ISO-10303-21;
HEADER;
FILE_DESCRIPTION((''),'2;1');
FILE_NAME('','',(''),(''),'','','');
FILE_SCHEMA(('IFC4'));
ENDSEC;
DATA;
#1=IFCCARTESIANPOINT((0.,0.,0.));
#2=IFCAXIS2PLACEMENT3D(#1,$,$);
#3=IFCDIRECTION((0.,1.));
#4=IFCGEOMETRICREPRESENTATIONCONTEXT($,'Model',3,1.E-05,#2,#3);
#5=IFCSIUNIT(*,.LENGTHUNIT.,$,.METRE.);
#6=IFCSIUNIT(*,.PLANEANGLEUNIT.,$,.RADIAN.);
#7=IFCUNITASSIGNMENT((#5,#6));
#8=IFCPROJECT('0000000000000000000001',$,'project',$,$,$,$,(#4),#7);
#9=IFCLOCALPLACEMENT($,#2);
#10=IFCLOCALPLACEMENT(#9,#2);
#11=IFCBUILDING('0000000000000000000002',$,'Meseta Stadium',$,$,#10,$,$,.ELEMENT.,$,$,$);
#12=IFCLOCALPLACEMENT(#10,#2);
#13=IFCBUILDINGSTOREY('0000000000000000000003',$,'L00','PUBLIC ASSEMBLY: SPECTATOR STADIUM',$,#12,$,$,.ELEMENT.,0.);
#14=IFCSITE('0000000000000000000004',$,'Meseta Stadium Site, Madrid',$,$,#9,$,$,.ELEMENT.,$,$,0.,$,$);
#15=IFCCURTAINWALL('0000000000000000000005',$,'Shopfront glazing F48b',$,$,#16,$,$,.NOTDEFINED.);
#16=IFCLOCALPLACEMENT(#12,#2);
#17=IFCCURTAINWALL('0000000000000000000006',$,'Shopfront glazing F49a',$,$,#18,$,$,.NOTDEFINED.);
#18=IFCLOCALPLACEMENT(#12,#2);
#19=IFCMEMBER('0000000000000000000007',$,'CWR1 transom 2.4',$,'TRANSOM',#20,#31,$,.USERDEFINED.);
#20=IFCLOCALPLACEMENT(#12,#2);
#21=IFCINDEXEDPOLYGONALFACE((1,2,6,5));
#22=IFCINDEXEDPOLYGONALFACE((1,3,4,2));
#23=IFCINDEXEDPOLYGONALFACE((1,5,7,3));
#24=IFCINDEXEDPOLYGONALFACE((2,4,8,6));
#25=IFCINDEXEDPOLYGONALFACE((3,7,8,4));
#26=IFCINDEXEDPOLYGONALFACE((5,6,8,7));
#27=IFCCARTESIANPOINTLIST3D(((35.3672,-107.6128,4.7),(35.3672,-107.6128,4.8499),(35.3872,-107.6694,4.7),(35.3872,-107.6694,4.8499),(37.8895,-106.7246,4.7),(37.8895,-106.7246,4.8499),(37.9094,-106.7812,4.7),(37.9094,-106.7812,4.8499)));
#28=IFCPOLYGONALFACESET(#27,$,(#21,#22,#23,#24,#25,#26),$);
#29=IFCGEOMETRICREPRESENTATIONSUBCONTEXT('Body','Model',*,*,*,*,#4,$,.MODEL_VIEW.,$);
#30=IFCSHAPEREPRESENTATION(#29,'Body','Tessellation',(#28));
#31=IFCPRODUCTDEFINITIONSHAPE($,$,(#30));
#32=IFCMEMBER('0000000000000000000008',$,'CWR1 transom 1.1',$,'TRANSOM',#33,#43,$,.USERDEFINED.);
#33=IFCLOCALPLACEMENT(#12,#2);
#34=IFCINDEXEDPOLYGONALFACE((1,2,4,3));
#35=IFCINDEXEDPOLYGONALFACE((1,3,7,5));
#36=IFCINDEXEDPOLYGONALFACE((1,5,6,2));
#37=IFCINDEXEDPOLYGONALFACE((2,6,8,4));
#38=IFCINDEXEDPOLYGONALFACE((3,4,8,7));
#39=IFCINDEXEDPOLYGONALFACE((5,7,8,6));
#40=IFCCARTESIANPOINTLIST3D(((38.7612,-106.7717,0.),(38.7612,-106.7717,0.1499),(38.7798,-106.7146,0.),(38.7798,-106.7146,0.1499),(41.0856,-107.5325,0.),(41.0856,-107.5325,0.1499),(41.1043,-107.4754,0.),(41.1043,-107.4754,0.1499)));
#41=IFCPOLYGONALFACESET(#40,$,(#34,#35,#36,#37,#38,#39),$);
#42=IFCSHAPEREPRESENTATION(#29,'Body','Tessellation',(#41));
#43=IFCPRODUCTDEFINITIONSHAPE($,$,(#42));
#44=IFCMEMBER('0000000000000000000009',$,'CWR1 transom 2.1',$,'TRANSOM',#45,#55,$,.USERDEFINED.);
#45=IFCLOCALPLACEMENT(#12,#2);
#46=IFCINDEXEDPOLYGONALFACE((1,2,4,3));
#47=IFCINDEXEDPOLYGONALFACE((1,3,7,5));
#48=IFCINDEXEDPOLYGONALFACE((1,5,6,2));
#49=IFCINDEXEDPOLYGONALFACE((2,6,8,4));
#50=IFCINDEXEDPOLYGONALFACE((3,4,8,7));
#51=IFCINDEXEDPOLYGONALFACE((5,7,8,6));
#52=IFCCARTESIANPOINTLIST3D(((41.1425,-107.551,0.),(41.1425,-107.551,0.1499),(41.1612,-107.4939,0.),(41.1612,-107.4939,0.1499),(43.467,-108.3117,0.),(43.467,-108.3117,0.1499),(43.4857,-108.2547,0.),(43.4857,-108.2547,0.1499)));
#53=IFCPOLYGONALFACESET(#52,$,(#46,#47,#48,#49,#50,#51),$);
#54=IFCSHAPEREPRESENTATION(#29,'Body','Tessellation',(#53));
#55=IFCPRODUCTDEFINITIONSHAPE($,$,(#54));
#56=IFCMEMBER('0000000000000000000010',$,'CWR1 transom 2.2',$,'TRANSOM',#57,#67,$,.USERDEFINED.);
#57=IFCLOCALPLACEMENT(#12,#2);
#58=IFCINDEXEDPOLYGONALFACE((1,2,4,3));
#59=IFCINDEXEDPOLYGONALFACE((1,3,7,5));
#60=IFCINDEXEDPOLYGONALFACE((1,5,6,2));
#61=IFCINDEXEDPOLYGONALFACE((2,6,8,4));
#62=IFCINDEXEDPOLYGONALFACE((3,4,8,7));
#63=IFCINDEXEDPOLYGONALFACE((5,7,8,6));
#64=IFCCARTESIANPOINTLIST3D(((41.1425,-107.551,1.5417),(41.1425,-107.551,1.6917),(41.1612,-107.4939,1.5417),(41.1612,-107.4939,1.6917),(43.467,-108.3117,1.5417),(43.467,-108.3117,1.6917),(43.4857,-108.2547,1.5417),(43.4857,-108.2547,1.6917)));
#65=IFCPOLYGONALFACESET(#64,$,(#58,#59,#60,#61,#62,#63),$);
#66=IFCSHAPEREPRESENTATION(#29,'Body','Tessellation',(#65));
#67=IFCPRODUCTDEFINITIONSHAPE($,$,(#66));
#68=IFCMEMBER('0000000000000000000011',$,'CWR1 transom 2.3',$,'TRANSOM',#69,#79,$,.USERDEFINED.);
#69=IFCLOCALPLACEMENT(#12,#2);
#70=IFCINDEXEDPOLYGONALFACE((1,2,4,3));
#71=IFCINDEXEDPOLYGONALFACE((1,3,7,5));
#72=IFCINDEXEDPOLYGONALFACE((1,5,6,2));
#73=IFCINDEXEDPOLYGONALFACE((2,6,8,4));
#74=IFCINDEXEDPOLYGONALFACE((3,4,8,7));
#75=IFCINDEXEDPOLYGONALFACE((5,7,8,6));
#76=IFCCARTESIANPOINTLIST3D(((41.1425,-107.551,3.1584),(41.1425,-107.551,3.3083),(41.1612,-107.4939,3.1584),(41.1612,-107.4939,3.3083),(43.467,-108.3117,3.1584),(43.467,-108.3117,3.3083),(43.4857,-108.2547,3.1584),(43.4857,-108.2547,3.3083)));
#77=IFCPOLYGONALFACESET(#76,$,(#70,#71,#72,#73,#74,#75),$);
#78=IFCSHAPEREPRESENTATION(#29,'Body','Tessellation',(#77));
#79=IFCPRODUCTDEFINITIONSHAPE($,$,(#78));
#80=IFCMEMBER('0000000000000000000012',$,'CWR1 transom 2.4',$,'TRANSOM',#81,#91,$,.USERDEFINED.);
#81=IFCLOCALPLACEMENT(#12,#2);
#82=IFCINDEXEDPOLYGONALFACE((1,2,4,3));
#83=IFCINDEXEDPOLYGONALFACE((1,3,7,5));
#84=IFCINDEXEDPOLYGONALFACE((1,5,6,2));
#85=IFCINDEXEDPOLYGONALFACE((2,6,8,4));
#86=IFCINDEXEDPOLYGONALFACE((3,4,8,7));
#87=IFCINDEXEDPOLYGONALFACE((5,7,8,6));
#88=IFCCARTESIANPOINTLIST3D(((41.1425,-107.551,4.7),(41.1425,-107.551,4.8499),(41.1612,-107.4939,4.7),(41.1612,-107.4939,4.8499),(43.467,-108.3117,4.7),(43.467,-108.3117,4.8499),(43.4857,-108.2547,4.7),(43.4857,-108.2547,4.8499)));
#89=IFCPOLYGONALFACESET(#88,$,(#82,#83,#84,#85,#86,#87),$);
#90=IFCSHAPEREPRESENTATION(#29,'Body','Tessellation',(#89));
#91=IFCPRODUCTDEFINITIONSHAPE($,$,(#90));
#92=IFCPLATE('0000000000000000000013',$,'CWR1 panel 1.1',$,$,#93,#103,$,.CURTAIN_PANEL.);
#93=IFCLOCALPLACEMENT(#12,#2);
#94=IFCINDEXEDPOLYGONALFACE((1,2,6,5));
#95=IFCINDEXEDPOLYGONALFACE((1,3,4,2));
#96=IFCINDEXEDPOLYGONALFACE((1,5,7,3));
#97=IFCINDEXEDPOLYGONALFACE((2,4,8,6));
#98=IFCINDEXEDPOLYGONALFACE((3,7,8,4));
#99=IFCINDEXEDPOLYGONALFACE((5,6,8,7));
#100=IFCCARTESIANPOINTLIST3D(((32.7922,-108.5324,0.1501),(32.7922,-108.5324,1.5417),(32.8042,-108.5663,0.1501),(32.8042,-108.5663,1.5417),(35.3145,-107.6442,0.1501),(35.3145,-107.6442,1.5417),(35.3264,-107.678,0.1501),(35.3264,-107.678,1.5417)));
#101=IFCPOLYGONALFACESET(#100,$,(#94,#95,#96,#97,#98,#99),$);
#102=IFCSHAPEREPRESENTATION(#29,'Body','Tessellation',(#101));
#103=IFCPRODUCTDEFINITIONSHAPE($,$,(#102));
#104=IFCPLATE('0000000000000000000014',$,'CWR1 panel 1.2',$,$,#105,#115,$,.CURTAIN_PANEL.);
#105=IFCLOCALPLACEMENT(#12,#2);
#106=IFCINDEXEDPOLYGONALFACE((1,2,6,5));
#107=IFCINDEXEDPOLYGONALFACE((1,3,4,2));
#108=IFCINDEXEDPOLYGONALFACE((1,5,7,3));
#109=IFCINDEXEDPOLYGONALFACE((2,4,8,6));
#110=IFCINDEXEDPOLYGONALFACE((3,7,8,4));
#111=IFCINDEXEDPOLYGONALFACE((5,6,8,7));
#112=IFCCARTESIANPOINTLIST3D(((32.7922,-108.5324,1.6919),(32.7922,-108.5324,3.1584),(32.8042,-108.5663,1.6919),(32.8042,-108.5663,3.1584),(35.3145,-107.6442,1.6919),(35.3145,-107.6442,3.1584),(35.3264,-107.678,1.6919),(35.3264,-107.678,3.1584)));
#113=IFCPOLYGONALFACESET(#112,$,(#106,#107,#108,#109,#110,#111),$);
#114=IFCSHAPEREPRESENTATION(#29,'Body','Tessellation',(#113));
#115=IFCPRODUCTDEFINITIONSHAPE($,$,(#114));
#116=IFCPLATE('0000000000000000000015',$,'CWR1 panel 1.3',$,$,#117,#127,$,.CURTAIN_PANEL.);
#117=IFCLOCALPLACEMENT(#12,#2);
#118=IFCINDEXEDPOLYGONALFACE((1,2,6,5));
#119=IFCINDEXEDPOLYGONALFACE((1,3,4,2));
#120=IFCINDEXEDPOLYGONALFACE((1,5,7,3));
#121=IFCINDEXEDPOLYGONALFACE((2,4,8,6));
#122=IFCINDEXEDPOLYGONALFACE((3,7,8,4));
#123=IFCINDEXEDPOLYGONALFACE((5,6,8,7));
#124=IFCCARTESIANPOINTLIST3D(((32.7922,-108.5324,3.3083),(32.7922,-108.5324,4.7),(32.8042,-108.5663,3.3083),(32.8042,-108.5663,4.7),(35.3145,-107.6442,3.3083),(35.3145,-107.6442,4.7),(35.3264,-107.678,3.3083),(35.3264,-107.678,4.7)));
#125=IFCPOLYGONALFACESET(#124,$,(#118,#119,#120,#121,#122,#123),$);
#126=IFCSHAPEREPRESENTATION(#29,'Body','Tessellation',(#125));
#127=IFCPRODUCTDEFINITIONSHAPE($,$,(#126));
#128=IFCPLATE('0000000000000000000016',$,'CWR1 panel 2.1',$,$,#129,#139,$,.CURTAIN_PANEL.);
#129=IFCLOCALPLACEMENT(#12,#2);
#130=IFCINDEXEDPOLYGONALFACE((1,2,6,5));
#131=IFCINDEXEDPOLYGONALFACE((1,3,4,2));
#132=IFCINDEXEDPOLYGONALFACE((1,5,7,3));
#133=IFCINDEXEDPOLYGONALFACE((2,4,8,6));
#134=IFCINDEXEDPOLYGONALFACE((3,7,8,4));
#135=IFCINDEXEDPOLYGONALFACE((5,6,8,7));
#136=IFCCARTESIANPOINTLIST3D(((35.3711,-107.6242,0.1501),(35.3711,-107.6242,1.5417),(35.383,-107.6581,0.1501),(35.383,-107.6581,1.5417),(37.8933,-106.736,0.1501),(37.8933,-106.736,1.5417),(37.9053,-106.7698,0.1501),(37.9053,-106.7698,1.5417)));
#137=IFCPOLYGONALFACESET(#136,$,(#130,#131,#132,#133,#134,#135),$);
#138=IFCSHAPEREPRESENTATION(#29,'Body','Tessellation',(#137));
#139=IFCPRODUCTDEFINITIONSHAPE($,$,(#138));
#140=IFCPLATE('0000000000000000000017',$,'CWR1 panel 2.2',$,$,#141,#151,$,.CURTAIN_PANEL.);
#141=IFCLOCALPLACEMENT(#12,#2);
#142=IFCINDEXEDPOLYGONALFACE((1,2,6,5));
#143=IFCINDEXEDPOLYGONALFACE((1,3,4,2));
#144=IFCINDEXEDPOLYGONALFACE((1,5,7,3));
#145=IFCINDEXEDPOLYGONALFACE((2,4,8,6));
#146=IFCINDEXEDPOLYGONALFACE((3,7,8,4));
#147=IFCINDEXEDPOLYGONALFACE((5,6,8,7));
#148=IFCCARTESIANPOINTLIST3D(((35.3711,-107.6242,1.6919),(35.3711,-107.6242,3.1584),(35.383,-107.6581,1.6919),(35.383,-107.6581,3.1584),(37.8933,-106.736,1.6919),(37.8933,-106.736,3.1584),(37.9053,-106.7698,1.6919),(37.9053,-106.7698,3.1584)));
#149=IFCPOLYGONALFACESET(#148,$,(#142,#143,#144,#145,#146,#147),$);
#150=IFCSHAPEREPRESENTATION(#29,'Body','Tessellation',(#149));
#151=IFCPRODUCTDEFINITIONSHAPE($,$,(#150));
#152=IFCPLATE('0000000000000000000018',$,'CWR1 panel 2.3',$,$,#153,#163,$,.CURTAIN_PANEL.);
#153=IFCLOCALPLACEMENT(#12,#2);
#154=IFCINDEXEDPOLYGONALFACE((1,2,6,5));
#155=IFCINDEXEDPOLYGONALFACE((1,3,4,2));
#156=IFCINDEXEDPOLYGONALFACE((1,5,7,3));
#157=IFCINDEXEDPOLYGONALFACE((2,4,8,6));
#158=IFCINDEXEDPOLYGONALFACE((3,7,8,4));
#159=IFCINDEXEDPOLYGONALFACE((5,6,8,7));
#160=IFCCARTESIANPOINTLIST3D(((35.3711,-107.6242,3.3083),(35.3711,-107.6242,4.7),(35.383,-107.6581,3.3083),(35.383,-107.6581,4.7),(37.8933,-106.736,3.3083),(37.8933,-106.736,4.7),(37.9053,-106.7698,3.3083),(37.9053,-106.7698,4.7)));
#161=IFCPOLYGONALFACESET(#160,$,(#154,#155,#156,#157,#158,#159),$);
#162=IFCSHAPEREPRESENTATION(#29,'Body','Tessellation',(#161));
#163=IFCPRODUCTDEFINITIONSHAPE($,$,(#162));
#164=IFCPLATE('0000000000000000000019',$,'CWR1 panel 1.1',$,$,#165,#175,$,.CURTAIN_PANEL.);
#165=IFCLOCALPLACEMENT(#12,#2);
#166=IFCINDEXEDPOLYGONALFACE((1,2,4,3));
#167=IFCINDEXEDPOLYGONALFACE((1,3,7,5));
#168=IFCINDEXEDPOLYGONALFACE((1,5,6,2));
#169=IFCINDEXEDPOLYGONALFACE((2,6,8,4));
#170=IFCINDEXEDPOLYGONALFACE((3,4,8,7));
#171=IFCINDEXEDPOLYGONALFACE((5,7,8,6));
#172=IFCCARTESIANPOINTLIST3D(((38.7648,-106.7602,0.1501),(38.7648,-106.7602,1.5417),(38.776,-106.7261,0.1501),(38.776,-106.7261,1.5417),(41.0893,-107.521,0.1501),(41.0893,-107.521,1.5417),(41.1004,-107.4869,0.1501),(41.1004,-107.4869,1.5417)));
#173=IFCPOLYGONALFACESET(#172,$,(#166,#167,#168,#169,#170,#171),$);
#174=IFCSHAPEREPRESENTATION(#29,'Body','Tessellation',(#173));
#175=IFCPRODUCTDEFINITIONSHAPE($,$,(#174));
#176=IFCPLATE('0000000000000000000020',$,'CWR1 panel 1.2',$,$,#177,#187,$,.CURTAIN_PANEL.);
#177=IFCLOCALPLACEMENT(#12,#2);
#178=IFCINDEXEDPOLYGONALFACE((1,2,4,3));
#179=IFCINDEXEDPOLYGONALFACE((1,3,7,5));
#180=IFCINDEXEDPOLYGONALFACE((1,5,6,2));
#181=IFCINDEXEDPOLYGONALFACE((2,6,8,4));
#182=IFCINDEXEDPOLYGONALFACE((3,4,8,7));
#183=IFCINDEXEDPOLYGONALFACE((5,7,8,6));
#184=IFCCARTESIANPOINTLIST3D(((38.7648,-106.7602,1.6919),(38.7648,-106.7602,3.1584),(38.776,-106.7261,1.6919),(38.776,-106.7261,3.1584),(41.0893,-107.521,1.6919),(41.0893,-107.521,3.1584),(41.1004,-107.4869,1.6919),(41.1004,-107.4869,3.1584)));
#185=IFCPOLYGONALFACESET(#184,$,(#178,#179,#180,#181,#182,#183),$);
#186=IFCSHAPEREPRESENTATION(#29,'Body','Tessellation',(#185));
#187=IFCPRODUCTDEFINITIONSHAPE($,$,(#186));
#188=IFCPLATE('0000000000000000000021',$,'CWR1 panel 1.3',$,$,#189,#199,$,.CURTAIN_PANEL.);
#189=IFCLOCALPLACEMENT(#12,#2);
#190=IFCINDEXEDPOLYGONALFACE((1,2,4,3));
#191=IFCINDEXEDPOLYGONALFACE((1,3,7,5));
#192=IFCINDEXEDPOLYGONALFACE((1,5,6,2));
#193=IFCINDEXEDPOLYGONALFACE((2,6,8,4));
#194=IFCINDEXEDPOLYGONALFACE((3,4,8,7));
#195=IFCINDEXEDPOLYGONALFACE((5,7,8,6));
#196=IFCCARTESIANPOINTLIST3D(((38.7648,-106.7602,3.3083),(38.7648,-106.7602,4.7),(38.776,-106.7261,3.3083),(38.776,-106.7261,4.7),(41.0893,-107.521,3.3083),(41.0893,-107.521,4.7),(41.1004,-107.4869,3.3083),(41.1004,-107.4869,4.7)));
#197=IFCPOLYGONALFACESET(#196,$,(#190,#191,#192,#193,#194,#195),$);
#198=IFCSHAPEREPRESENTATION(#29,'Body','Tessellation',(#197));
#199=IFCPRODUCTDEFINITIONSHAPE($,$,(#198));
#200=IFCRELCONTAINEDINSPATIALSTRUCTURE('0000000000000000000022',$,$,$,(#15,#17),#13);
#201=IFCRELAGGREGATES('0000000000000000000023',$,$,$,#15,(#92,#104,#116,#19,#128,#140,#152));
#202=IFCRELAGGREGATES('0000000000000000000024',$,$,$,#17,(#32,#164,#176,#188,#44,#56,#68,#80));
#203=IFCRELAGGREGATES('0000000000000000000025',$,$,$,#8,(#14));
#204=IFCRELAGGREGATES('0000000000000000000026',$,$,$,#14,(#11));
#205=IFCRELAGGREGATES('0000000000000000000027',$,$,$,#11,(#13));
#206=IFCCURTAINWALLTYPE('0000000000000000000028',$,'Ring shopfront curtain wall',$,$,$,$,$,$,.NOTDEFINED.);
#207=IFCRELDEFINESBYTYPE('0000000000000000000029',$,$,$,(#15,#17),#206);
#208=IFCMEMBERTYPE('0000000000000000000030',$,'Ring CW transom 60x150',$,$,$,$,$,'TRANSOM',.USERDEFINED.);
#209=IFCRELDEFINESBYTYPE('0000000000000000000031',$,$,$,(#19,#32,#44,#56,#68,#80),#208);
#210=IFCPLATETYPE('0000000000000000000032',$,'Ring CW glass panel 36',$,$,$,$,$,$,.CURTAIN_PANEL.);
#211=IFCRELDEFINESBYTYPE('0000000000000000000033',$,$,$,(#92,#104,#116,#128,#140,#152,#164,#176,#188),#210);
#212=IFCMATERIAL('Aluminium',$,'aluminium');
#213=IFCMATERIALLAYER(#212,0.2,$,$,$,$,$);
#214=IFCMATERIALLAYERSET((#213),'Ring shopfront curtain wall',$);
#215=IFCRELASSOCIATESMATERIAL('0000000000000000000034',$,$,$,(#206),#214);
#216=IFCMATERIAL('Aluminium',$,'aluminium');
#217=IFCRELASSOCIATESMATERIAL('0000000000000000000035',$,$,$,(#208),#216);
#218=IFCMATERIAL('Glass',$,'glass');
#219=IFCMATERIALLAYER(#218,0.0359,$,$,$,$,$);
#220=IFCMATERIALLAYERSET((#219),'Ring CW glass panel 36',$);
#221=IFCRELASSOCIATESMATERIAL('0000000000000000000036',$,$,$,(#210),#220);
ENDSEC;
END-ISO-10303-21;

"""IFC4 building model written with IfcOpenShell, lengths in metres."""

from ifc_helpers import new_model, si_unit, direction, frame, origin, origin_2d, place, context, subcontext, project, spatial, rectangle, extrude, material, layer, layer_set, material_profile, profile_set, type_object, element, aggregate, save


model = new_model("IFC4")

# Units and contexts
model_context = context("Model", 3, precision=1e-05, world=origin(), true_north=direction((0.0, 1.0)))
body_context = subcontext(model_context, "Body", "Model", "MODEL_VIEW")
ifc_project = project(units=[si_unit("LENGTHUNIT", "METRE"), si_unit("PLANEANGLEUNIT", "RADIAN")], contexts=[model_context])

# Site, building, storey
site_placement = place(None, origin())
site = spatial("IfcSite", under=ifc_project, at=site_placement, Name="Meseta Stadium Site, Madrid", CompositionType="ELEMENT", RefElevation=0.0)
building_placement = place(site_placement, origin())
building = spatial("IfcBuilding", under=site, at=building_placement, Name="Meseta Stadium", CompositionType="ELEMENT")
storey_placement = place(building_placement, origin())
storey = spatial("IfcBuildingStorey", under=building, at=storey_placement, Name="L00", Description="PUBLIC ASSEMBLY: SPECTATOR STADIUM", CompositionType="ELEMENT", Elevation=0.0)

# Curtain walls
ifc_material_1 = material(Name="Aluminium", Category="aluminium")
ifc_layer_1 = layer(ifc_material_1, 0.2)
ifc_layer_set_1 = layer_set([ifc_layer_1], Name="Ring shopfront curtain wall")
curtain_wall_type = type_object("IfcCurtainWallType", Name="Ring shopfront curtain wall", PredefinedType="NOTDEFINED", material=ifc_layer_set_1)
curtain_wall_1_placement = place(storey_placement, origin())
curtain_wall_1 = element("IfcCurtainWall", 1, at=curtain_wall_1_placement, inside=storey, type_object=curtain_wall_type, Name="Shopfront glazing F48b", PredefinedType="NOTDEFINED")
curtain_wall_2_placement = place(storey_placement, origin())
curtain_wall_2 = element("IfcCurtainWall", 2, at=curtain_wall_2_placement, inside=storey, type_object=curtain_wall_type, Name="Shopfront glazing F49a", PredefinedType="NOTDEFINED")

# Members
ifc_material_2 = material(Name="Aluminium", Category="aluminium")
ifc_material_profile_1 = material_profile(ifc_material_2, rectangle(XDim=0.0601, YDim=0.1499, at=origin_2d()), Name="CW 60x150")
ifc_profile_set_1 = profile_set([ifc_material_profile_1], Name="Aluminium")
member_type_1 = type_object("IfcMemberType", Name="Ring CW transom 60x150", ElementType="TRANSOM", PredefinedType="USERDEFINED", material=ifc_profile_set_1)
member_1_placement = place(storey_placement, frame((35.3772, -107.6411, 4.7749), z_axis=(0.943226, 0.332151, 0.0), x_axis=(-0.332151, 0.943226, 0.0)))
member_1 = element("IfcMember", 3, at=member_1_placement, type_object=member_type_1, Name="CWR1 transom 2.4", ObjectType="TRANSOM", PredefinedType="USERDEFINED", context=body_context, shape_type="SweptSolid", body=[
    extrude(rectangle(XDim=0.0601, YDim=0.1499, at=origin_2d()), origin(), (0.0, 0.0, 1.0), 2.6741),
])
member_2_placement = place(storey_placement, frame((38.7705, -106.7432, 0.075), z_axis=(0.950396, -0.311042, 0.0), x_axis=(0.311042, 0.950396, 0.0)))
member_2 = element("IfcMember", 4, at=member_2_placement, type_object=member_type_1, Name="CWR1 transom 1.1", ObjectType="TRANSOM", PredefinedType="USERDEFINED", context=body_context, shape_type="SweptSolid", body=[
    extrude(rectangle(XDim=0.0601, YDim=0.1499, at=origin_2d()), origin(), (0.0, 0.0, 1.0), 2.4458),
])
member_3_placement = place(storey_placement, frame((41.1519, -107.5225, 0.075), z_axis=(0.950396, -0.311042, 0.0), x_axis=(0.311042, 0.950396, 0.0)))
member_3 = element("IfcMember", 5, at=member_3_placement, type_object=member_type_1, Name="CWR1 transom 2.1", ObjectType="TRANSOM", PredefinedType="USERDEFINED", context=body_context, shape_type="SweptSolid", body=[
    extrude(rectangle(XDim=0.0601, YDim=0.1499, at=origin_2d()), origin(), (0.0, 0.0, 1.0), 2.4458),
])
member_4_placement = place(storey_placement, frame((41.1519, -107.5225, 1.6167), z_axis=(0.950396, -0.311042, 0.0), x_axis=(0.311042, 0.950396, 0.0)))
member_4 = element("IfcMember", 6, at=member_4_placement, type_object=member_type_1, Name="CWR1 transom 2.2", ObjectType="TRANSOM", PredefinedType="USERDEFINED", context=body_context, shape_type="SweptSolid", body=[
    extrude(rectangle(XDim=0.0601, YDim=0.1499, at=origin_2d()), origin(), (0.0, 0.0, 1.0), 2.4458),
])
member_5_placement = place(storey_placement, frame((41.1519, -107.5225, 3.2334), z_axis=(0.950396, -0.311042, 0.0), x_axis=(0.311042, 0.950396, 0.0)))
member_5 = element("IfcMember", 7, at=member_5_placement, type_object=member_type_1, Name="CWR1 transom 2.3", ObjectType="TRANSOM", PredefinedType="USERDEFINED", context=body_context, shape_type="SweptSolid", body=[
    extrude(rectangle(XDim=0.0601, YDim=0.1499, at=origin_2d()), origin(), (0.0, 0.0, 1.0), 2.4458),
])
member_6_placement = place(storey_placement, frame((41.1519, -107.5225, 4.7749), z_axis=(0.950396, -0.311042, 0.0), x_axis=(0.311042, 0.950396, 0.0)))
member_6 = element("IfcMember", 8, at=member_6_placement, type_object=member_type_1, Name="CWR1 transom 2.4", ObjectType="TRANSOM", PredefinedType="USERDEFINED", context=body_context, shape_type="SweptSolid", body=[
    extrude(rectangle(XDim=0.0601, YDim=0.1499, at=origin_2d()), origin(), (0.0, 0.0, 1.0), 2.4458),
])

# Plates
ifc_material_3 = material(Name="Glass", Category="glass")
ifc_layer_2 = layer(ifc_material_3, 0.0359)
ifc_layer_set_2 = layer_set([ifc_layer_2], Name="Ring CW glass panel 36")
plate_type = type_object("IfcPlateType", Name="Ring CW glass panel 36", PredefinedType="CURTAIN_PANEL", material=ifc_layer_set_2)
plate_1_placement = place(storey_placement, frame((34.0593, -108.1052, 0.1501), z_axis=(0.0, 0.0, 1.0), x_axis=(0.94322, 0.33217, 0.0)))
plate_1 = element("IfcPlate", 9, at=plate_1_placement, type_object=plate_type, Name="CWR1 panel 1.1", PredefinedType="CURTAIN_PANEL", context=body_context, shape_type="SweptSolid", body=[
    extrude(rectangle(XDim=2.6741, YDim=0.0359, at=origin_2d()), origin(), (0.0, 0.0, 1.0), 1.3916),
])
plate_2_placement = place(storey_placement, frame((34.0593, -108.1052, 1.6919), z_axis=(0.0, 0.0, 1.0), x_axis=(0.94322, 0.33217, 0.0)))
plate_2 = element("IfcPlate", 10, at=plate_2_placement, type_object=plate_type, Name="CWR1 panel 1.2", PredefinedType="CURTAIN_PANEL", context=body_context, shape_type="SweptSolid", body=[
    extrude(rectangle(XDim=2.6741, YDim=0.0359, at=origin_2d()), origin(), (0.0, 0.0, 1.0), 1.4666),
])
plate_3_placement = place(storey_placement, frame((34.0593, -108.1052, 3.3083), z_axis=(0.0, 0.0, 1.0), x_axis=(0.94322, 0.33217, 0.0)))
plate_3 = element("IfcPlate", 11, at=plate_3_placement, type_object=plate_type, Name="CWR1 panel 1.3", PredefinedType="CURTAIN_PANEL", context=body_context, shape_type="SweptSolid", body=[
    extrude(rectangle(XDim=2.6741, YDim=0.0359, at=origin_2d()), origin(), (0.0, 0.0, 1.0), 1.3916),
])
plate_4_placement = place(storey_placement, frame((36.6382, -107.197, 0.1501), z_axis=(0.0, 0.0, 1.0), x_axis=(0.94322, 0.33217, 0.0)))
plate_4 = element("IfcPlate", 12, at=plate_4_placement, type_object=plate_type, Name="CWR1 panel 2.1", PredefinedType="CURTAIN_PANEL", context=body_context, shape_type="SweptSolid", body=[
    extrude(rectangle(XDim=2.6741, YDim=0.0359, at=origin_2d()), origin(), (0.0, 0.0, 1.0), 1.3916),
])
plate_5_placement = place(storey_placement, frame((36.6382, -107.197, 1.6919), z_axis=(0.0, 0.0, 1.0), x_axis=(0.94322, 0.33217, 0.0)))
plate_5 = element("IfcPlate", 13, at=plate_5_placement, type_object=plate_type, Name="CWR1 panel 2.2", PredefinedType="CURTAIN_PANEL", context=body_context, shape_type="SweptSolid", body=[
    extrude(rectangle(XDim=2.6741, YDim=0.0359, at=origin_2d()), origin(), (0.0, 0.0, 1.0), 1.4666),
])
plate_6_placement = place(storey_placement, frame((36.6382, -107.197, 3.3083), z_axis=(0.0, 0.0, 1.0), x_axis=(0.94322, 0.33217, 0.0)))
plate_6 = element("IfcPlate", 14, at=plate_6_placement, type_object=plate_type, Name="CWR1 panel 2.3", PredefinedType="CURTAIN_PANEL", context=body_context, shape_type="SweptSolid", body=[
    extrude(rectangle(XDim=2.6741, YDim=0.0359, at=origin_2d()), origin(), (0.0, 0.0, 1.0), 1.3916),
])
aggregate(curtain_wall_1, [plate_1, plate_2, plate_3, member_1, plate_4, plate_5, plate_6])
plate_7_placement = place(storey_placement, frame((39.9326, -107.1235, 0.1501), z_axis=(0.0, 0.0, 1.0), x_axis=(0.950391, -0.311059, 0.0)))
plate_7 = element("IfcPlate", 15, at=plate_7_placement, type_object=plate_type, Name="CWR1 panel 1.1", PredefinedType="CURTAIN_PANEL", context=body_context, shape_type="SweptSolid", body=[
    extrude(rectangle(XDim=2.4458, YDim=0.0359, at=origin_2d()), origin(), (0.0, 0.0, 1.0), 1.3916),
])
plate_8_placement = place(storey_placement, frame((39.9326, -107.1235, 1.6919), z_axis=(0.0, 0.0, 1.0), x_axis=(0.950391, -0.311059, 0.0)))
plate_8 = element("IfcPlate", 16, at=plate_8_placement, type_object=plate_type, Name="CWR1 panel 1.2", PredefinedType="CURTAIN_PANEL", context=body_context, shape_type="SweptSolid", body=[
    extrude(rectangle(XDim=2.4458, YDim=0.0359, at=origin_2d()), origin(), (0.0, 0.0, 1.0), 1.4666),
])
plate_9_placement = place(storey_placement, frame((39.9326, -107.1235, 3.3083), z_axis=(0.0, 0.0, 1.0), x_axis=(0.950391, -0.311059, 0.0)))
plate_9 = element("IfcPlate", 17, at=plate_9_placement, type_object=plate_type, Name="CWR1 panel 1.3", PredefinedType="CURTAIN_PANEL", context=body_context, shape_type="SweptSolid", body=[
    extrude(rectangle(XDim=2.4458, YDim=0.0359, at=origin_2d()), origin(), (0.0, 0.0, 1.0), 1.3916),
])
aggregate(curtain_wall_2, [member_2, plate_7, plate_8, plate_9, member_3, member_4, member_5, member_6])

save(model, "model.ifc")
